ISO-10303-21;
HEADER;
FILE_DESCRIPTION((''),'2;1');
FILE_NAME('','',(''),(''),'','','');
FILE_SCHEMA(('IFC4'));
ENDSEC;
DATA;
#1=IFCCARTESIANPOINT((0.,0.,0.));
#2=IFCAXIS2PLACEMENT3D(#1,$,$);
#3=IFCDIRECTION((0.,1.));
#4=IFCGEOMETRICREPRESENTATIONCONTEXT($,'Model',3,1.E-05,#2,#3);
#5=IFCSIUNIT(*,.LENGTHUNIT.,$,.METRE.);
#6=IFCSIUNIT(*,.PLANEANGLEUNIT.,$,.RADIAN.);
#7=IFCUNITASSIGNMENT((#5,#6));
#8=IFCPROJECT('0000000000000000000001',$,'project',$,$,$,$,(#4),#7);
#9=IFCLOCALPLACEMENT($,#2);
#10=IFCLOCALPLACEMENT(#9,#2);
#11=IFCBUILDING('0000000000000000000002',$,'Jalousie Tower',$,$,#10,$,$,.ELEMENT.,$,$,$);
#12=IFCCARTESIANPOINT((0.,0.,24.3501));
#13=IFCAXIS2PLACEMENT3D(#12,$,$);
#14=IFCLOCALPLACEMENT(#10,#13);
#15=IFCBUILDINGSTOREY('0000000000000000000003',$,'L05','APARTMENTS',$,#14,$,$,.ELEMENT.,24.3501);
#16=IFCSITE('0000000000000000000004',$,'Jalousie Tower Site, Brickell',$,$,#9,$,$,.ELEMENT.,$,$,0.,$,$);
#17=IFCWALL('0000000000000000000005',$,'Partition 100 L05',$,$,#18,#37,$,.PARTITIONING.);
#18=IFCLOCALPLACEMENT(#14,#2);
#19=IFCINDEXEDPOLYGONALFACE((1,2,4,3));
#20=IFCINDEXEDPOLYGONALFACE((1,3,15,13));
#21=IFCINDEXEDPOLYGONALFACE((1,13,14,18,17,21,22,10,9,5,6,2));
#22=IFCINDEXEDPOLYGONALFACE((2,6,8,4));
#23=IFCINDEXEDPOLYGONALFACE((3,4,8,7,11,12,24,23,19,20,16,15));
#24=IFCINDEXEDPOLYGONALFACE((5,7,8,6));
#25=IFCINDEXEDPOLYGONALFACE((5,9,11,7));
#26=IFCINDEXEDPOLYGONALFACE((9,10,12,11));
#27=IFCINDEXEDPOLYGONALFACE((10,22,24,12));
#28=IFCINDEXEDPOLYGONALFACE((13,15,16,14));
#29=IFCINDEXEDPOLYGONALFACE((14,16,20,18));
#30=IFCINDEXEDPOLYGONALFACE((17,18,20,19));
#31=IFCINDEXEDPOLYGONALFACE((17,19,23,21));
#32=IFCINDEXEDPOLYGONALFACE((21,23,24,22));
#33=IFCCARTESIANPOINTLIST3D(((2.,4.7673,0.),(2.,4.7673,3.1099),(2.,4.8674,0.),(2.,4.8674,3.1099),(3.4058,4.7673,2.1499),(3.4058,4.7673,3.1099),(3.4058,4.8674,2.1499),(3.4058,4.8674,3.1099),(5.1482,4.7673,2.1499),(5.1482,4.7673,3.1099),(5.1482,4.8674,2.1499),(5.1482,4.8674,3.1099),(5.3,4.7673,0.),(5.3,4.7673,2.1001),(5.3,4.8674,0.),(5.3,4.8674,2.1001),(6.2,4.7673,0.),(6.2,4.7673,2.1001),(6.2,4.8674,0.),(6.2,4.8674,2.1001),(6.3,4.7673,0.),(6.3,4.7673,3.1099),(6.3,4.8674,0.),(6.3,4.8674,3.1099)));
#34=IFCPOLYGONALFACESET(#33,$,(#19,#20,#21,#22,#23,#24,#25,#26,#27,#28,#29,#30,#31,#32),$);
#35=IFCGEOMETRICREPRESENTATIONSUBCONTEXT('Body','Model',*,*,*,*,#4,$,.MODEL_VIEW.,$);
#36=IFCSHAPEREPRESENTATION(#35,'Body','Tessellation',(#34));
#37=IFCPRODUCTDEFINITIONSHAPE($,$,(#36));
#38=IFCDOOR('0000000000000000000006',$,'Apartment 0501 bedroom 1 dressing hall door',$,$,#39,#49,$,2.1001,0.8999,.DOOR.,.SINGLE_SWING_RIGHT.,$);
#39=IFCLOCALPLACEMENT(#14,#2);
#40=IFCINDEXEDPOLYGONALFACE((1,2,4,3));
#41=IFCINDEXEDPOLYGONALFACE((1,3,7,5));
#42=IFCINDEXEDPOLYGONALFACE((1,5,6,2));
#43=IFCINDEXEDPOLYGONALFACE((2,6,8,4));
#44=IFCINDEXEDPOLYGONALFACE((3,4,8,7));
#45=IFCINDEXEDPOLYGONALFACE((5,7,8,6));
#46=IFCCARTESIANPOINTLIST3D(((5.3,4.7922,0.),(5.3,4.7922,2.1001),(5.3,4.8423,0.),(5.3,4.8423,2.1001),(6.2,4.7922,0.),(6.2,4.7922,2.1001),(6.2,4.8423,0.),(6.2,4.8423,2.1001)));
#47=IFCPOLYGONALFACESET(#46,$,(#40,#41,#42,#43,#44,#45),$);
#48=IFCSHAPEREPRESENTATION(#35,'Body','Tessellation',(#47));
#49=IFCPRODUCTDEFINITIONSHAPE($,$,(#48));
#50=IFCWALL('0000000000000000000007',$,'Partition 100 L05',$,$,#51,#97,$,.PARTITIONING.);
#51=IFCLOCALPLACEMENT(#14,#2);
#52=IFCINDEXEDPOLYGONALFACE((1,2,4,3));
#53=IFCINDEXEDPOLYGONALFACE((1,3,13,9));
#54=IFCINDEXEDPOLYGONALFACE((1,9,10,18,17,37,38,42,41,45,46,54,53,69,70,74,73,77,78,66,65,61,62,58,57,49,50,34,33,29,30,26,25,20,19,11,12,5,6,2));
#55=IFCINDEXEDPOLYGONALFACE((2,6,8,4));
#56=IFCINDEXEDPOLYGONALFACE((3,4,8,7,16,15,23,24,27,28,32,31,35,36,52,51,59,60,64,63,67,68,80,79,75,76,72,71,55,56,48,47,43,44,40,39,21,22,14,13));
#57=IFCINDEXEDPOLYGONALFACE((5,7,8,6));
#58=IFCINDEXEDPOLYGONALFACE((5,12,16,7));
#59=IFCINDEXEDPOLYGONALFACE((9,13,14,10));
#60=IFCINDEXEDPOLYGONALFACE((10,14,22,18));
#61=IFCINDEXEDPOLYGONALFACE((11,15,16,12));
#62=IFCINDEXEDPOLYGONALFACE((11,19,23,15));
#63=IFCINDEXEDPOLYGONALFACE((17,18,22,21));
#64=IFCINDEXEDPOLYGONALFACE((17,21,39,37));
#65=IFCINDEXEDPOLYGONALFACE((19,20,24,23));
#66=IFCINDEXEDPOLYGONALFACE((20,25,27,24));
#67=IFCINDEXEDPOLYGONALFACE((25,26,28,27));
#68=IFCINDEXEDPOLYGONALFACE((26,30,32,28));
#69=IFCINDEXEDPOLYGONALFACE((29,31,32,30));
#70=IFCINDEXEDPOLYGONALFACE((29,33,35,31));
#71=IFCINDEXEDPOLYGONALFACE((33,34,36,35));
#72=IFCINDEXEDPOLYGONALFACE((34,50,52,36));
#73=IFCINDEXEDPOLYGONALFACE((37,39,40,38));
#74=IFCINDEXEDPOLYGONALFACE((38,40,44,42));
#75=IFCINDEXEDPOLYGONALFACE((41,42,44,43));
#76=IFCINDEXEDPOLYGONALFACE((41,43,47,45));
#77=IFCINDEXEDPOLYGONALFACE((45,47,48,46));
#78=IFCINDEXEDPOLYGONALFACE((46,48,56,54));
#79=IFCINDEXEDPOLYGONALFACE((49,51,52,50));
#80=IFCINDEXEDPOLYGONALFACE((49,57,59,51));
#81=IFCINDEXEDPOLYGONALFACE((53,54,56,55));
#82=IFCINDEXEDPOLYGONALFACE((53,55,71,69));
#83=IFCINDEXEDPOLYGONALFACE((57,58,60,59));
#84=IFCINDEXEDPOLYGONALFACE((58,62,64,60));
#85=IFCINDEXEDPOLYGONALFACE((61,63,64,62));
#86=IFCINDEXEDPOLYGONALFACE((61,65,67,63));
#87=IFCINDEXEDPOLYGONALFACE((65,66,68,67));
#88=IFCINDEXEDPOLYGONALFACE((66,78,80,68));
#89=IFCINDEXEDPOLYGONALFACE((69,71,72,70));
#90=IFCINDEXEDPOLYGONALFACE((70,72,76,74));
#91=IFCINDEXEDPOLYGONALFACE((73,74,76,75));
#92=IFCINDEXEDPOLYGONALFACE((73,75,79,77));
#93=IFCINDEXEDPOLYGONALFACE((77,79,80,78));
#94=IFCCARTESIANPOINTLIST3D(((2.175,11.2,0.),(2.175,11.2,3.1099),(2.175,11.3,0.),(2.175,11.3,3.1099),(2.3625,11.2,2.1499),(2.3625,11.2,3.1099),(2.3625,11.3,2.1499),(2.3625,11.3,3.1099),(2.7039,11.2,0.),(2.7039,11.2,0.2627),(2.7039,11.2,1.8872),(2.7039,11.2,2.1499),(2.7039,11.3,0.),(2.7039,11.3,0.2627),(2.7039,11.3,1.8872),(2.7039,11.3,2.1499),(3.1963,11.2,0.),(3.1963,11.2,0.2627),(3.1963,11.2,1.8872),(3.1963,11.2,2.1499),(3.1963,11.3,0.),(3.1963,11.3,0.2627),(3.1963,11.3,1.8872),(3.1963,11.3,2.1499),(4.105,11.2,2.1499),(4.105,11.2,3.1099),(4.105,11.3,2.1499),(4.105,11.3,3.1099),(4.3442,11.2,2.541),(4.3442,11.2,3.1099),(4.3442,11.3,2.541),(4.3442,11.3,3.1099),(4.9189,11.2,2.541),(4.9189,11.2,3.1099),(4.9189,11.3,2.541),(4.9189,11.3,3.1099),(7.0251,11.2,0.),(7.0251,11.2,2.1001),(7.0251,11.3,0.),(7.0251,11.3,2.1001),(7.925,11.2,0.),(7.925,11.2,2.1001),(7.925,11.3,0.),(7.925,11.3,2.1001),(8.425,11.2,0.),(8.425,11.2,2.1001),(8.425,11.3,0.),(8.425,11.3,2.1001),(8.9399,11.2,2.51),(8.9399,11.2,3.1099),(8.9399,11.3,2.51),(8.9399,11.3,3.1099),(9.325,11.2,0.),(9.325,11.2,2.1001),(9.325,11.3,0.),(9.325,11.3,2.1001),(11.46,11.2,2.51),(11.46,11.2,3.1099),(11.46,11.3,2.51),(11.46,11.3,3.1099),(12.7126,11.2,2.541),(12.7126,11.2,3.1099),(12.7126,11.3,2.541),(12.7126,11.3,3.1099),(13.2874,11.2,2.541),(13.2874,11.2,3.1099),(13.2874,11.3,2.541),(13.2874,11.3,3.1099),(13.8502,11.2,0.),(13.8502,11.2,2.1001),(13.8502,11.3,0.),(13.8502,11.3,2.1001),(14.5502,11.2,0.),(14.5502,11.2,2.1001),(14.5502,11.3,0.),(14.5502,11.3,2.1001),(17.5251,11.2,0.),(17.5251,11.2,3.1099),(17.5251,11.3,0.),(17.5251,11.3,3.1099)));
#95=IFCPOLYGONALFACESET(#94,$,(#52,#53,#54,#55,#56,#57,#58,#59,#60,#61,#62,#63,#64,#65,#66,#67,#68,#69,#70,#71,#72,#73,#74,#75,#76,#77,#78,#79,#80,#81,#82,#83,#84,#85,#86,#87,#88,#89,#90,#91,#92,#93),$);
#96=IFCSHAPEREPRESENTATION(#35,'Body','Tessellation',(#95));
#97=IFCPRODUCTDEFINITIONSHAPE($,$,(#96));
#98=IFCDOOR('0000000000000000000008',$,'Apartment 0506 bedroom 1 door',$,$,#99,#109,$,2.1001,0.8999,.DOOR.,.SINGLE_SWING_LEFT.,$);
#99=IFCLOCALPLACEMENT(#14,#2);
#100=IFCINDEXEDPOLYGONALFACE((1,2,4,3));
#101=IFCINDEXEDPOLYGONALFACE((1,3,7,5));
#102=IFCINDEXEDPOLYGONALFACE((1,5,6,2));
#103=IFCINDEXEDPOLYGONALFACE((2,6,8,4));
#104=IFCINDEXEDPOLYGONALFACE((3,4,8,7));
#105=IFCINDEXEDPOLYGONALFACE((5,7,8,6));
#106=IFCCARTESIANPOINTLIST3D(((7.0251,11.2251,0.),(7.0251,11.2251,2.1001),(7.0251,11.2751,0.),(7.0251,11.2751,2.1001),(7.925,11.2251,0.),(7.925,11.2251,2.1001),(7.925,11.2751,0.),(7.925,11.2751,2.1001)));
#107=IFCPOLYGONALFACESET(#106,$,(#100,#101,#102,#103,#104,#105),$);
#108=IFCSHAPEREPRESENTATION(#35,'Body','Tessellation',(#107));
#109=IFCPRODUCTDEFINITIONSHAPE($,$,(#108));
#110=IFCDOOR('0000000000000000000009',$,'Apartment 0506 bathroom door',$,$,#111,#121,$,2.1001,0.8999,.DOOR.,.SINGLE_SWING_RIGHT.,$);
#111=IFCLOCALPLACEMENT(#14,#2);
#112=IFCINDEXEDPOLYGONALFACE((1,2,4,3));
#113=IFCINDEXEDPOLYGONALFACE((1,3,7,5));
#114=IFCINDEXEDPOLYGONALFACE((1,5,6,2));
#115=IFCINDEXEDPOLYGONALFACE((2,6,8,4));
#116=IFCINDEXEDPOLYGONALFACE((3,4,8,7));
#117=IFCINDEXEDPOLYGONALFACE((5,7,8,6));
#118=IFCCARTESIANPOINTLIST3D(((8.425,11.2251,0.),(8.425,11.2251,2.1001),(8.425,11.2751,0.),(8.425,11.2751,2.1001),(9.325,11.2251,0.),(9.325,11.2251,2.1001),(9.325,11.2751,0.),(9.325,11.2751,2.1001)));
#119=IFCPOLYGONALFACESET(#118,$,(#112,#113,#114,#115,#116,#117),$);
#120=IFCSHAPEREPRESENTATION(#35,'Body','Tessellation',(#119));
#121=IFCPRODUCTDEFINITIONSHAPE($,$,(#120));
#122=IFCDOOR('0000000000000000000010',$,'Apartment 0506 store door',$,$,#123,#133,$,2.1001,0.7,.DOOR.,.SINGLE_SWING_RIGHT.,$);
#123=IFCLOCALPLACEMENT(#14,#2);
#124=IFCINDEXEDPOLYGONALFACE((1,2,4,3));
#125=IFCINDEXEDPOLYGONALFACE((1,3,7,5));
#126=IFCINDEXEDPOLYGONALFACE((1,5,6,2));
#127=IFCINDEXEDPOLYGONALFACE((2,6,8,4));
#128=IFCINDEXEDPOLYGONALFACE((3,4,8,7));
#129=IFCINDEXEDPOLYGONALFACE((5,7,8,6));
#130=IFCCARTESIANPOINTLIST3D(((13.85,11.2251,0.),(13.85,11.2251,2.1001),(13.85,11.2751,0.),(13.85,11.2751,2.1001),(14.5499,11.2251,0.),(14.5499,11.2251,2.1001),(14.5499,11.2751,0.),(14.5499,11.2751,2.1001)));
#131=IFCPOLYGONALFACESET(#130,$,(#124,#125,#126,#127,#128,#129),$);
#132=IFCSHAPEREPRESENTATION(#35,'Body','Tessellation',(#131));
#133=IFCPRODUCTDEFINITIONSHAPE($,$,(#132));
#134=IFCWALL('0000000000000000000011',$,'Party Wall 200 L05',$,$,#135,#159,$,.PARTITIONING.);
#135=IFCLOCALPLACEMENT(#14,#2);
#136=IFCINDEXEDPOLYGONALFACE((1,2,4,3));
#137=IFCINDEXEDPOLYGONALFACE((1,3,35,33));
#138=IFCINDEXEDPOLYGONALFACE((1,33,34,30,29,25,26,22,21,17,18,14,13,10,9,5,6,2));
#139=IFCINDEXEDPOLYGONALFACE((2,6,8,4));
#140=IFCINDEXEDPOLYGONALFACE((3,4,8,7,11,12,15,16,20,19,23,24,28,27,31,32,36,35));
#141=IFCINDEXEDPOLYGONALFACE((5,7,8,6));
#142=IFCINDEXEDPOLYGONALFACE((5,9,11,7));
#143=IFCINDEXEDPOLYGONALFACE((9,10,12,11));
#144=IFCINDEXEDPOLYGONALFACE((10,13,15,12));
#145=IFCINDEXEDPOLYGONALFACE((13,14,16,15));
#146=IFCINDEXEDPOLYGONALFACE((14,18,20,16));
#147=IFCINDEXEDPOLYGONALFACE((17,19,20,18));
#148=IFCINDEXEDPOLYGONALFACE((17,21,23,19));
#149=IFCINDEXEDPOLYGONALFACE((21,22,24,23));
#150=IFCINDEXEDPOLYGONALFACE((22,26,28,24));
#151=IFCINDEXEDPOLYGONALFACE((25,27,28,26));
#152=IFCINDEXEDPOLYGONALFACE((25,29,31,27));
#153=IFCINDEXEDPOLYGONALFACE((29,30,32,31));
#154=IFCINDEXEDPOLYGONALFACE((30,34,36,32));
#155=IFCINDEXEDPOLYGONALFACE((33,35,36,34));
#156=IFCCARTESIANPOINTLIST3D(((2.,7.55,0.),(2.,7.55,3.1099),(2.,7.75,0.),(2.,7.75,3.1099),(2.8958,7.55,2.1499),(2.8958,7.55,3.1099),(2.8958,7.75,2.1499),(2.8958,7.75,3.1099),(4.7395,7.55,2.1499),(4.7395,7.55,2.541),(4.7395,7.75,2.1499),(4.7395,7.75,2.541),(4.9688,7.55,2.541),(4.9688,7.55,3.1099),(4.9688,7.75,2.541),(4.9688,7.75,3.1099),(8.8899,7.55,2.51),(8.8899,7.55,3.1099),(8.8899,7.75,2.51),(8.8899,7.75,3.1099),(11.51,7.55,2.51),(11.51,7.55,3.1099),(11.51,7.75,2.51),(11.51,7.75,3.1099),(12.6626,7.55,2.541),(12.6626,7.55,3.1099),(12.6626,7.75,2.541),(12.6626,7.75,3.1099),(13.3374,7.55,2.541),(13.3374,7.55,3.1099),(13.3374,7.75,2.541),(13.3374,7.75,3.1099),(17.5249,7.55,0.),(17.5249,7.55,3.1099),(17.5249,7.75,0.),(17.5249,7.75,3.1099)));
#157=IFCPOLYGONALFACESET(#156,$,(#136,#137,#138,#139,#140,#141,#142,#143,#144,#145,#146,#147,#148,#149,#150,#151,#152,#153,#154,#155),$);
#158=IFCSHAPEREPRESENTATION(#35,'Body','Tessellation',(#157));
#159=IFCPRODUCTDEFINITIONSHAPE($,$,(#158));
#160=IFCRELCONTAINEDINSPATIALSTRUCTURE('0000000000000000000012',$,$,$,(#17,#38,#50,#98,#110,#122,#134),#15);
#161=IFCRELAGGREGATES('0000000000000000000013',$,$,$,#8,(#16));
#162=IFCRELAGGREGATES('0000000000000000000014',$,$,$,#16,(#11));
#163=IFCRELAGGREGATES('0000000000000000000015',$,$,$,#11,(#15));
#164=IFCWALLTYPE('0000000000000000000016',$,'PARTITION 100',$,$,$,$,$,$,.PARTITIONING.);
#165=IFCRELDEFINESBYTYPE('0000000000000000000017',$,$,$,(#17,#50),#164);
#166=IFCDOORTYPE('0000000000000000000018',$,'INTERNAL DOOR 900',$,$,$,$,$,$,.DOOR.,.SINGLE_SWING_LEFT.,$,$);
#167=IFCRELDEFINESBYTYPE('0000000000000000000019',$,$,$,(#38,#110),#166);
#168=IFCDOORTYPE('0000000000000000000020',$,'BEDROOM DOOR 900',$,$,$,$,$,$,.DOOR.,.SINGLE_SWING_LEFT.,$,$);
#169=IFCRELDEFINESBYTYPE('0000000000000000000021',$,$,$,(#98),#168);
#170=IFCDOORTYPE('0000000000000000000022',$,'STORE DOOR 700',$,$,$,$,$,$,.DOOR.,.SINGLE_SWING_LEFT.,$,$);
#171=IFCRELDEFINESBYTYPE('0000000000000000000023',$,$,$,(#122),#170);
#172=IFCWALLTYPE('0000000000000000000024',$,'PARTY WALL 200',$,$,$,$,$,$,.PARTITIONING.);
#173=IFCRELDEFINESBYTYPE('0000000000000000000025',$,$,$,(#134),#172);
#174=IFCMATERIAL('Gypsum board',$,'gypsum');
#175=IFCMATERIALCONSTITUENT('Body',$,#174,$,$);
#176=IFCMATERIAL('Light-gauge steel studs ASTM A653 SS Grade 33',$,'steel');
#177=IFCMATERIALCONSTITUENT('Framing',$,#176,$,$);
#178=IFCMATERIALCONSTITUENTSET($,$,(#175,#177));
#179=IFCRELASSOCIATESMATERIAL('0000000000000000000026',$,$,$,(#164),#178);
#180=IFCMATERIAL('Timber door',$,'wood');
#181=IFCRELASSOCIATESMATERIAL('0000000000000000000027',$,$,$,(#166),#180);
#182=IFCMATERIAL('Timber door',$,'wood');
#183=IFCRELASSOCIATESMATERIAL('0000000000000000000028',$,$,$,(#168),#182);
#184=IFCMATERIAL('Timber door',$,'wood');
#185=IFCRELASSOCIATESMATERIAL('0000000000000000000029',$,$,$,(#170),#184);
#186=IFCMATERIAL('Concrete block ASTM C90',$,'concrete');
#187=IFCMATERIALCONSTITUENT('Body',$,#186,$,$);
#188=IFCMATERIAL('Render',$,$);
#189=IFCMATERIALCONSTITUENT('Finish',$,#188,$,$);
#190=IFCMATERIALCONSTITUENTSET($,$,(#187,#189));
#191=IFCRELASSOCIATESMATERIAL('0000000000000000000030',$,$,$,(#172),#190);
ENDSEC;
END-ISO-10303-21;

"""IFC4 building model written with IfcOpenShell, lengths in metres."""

from ifc_helpers import new_model, si_unit, direction, frame, frame_2d, origin, place, context, subcontext, project, spatial, polyline, rectangle, outline, extrude, material, constituent, constituent_set, type_object, element, fill, save


model = new_model("IFC4")

# Units and contexts
model_context = context("Model", 3, precision=1e-05, world=origin(), true_north=direction((0.0, 1.0)))
body_context = subcontext(model_context, "Body", "Model", "MODEL_VIEW")
ifc_project = project(units=[si_unit("LENGTHUNIT", "METRE"), si_unit("PLANEANGLEUNIT", "RADIAN")], contexts=[model_context])

# Site, building, storey
site_placement = place(None, origin())
site = spatial("IfcSite", under=ifc_project, at=site_placement, Name="Jalousie Tower Site, Brickell", CompositionType="ELEMENT", RefElevation=0.0)
building_placement = place(site_placement, origin())
building = spatial("IfcBuilding", under=site, at=building_placement, Name="Jalousie Tower", CompositionType="ELEMENT")
storey_placement = place(building_placement, frame((0.0, 0.0, 24.3501)))
storey = spatial("IfcBuildingStorey", under=building, at=storey_placement, Name="L05", Description="APARTMENTS", CompositionType="ELEMENT", Elevation=24.3501)

# Wall, opening, door
ifc_material_1 = material(Name="Gypsum board", Category="gypsum")
ifc_constituent_1 = constituent(ifc_material_1, Name="Body")
ifc_material_2 = material(Name="Light-gauge steel studs ASTM A653 SS Grade 33", Category="steel")
ifc_constituent_2 = constituent(ifc_material_2, Name="Framing")
ifc_constituent_set_1 = constituent_set(constituents=[ifc_constituent_1, ifc_constituent_2])
wall_type_1 = type_object("IfcWallType", Name="PARTITION 100", PredefinedType="PARTITIONING", material=ifc_constituent_set_1)
wall_1_placement = place(storey_placement, frame((2.0, 4.8174, 0.0), z_axis=(0.0, 0.0, 1.0), x_axis=(1.0, 0.0, 0.0)))
wall_1 = element("IfcWall", 1, at=wall_1_placement, inside=storey, type_object=wall_type_1, Name="Partition 100 L05", PredefinedType="PARTITIONING", context=body_context, shape_type="SweptSolid", body=[
    extrude(outline(polyline([(0.0, 0.0), (4.3, 0.0), (4.3, 3.1099), (3.1482, 3.1099), (3.1482, 2.1499), (1.4058, 2.1499), (1.4058, 3.1099), (0.0, 3.1099), (0.0, 0.0)])), frame((0.0, 0.05, 0.0), z_axis=(0.0, -1.0, 0.0), x_axis=(1.0, 0.0, 0.0)), (0.0, 0.0, 1.0), 0.1001),
])
opening_1_placement = place(wall_1_placement, frame((3.3, 0.0, 0.0)))
opening_1 = element("IfcOpeningElement", 2, at=opening_1_placement, cuts=wall_1, PredefinedType="OPENING", context=body_context, shape_type="SweptSolid", body=[
    extrude(rectangle(XDim=0.8999, YDim=2.1001, at=frame_2d((0.45, 1.05))), frame((0.0, 0.0601, 0.0), z_axis=(0.0, -1.0, 0.0), x_axis=(1.0, 0.0, 0.0)), (0.0, 0.0, 1.0), 0.1201),
])
ifc_material_3 = material(Name="Timber door", Category="wood")
door_type_1 = type_object("IfcDoorType", Name="INTERNAL DOOR 900", OperationType="SINGLE_SWING_LEFT", PredefinedType="DOOR", material=ifc_material_3)
door_1_placement = place(opening_1_placement, origin())
door_1 = element("IfcDoor", 3, at=door_1_placement, inside=storey, type_object=door_type_1, Name="Apartment 0501 bedroom 1 dressing hall door", OperationType="SINGLE_SWING_RIGHT", OverallHeight=2.1001, OverallWidth=0.8999, PredefinedType="DOOR", context=body_context, shape_type="SweptSolid", body=[
    extrude(rectangle(XDim=0.8999, YDim=2.1001, at=frame_2d((0.45, 1.05))), frame((0.0, 0.0249, 0.0), z_axis=(0.0, -1.0, 0.0), x_axis=(1.0, 0.0, 0.0)), (0.0, 0.0, 1.0), 0.05),
])
fill(opening_1, door_1)

# Wall, openings, doors
wall_2_placement = place(storey_placement, frame((2.175, 11.25, 0.0), z_axis=(0.0, 0.0, 1.0), x_axis=(1.0, 0.0, 0.0)))
wall_2 = element("IfcWall", 4, at=wall_2_placement, inside=storey, type_object=wall_type_1, Name="Partition 100 L05", PredefinedType="PARTITIONING", context=body_context, shape_type="SweptSolid", body=[
    extrude(outline(polyline([(0.1875, 3.1099), (0.0, 3.1099), (0.0, 0.0), (0.5288, 0.0), (0.5288, 0.2627), (1.0212, 0.2627), (1.0212, 0.0), (15.3501, 0.0), (15.3501, 3.1099), (11.1123, 3.1099), (11.1123, 2.541), (10.5376, 2.541), (10.5376, 3.1099), (9.2849, 3.1099), (9.2849, 2.51), (6.7649, 2.51), (6.7649, 3.1099), (2.7439, 3.1099), (2.7439, 2.541), (2.1692, 2.541), (2.1692, 3.1099), (1.9299, 3.1099), (1.9299, 2.1499), (1.0212, 2.1499), (1.0212, 1.8872), (0.5288, 1.8872), (0.5288, 2.1499), (0.1875, 2.1499), (0.1875, 3.1099)])), frame((0.0, 0.05, 0.0), z_axis=(0.0, -1.0, 0.0), x_axis=(1.0, 0.0, 0.0)), (0.0, 0.0, 1.0), 0.1001),
])
opening_2_placement = place(wall_2_placement, frame((4.8501, 0.0, 0.0)))
opening_2 = element("IfcOpeningElement", 5, at=opening_2_placement, cuts=wall_2, PredefinedType="OPENING", context=body_context, shape_type="SweptSolid", body=[
    extrude(rectangle(XDim=0.8999, YDim=2.1001, at=frame_2d((0.45, 1.05))), frame((0.0, 0.0601, 0.0), z_axis=(0.0, -1.0, 0.0), x_axis=(1.0, 0.0, 0.0)), (0.0, 0.0, 1.0), 0.1201),
])
opening_3_placement = place(wall_2_placement, frame((6.25, 0.0, 0.0)))
opening_3 = element("IfcOpeningElement", 6, at=opening_3_placement, cuts=wall_2, PredefinedType="OPENING", context=body_context, shape_type="SweptSolid", body=[
    extrude(rectangle(XDim=0.8999, YDim=2.1001, at=frame_2d((0.45, 1.05))), frame((0.0, 0.0601, 0.0), z_axis=(0.0, -1.0, 0.0), x_axis=(1.0, 0.0, 0.0)), (0.0, 0.0, 1.0), 0.1201),
])
opening_4_placement = place(wall_2_placement, frame((11.675, 0.0, 0.0)))
opening_4 = element("IfcOpeningElement", 7, at=opening_4_placement, cuts=wall_2, PredefinedType="OPENING", context=body_context, shape_type="SweptSolid", body=[
    extrude(rectangle(XDim=0.7, YDim=2.1001, at=frame_2d((0.3501, 1.05))), frame((0.0, 0.0601, 0.0), z_axis=(0.0, -1.0, 0.0), x_axis=(1.0, 0.0, 0.0)), (0.0, 0.0, 1.0), 0.1201),
])
ifc_material_4 = material(Name="Timber door", Category="wood")
door_type_2 = type_object("IfcDoorType", Name="BEDROOM DOOR 900", OperationType="SINGLE_SWING_LEFT", PredefinedType="DOOR", material=ifc_material_4)
door_2_placement = place(opening_2_placement, frame((0.8999, 0.0, 0.0), z_axis=(0.0, 0.0, 1.0), x_axis=(-1.0, 0.0, 0.0)))
door_2 = element("IfcDoor", 8, at=door_2_placement, inside=storey, type_object=door_type_2, Name="Apartment 0506 bedroom 1 door", OperationType="SINGLE_SWING_LEFT", OverallHeight=2.1001, OverallWidth=0.8999, PredefinedType="DOOR", context=body_context, shape_type="SweptSolid", body=[
    extrude(rectangle(XDim=0.8999, YDim=2.1001, at=frame_2d((0.45, 1.05))), frame((0.0, 0.0249, 0.0), z_axis=(0.0, -1.0, 0.0), x_axis=(1.0, 0.0, 0.0)), (0.0, 0.0, 1.0), 0.05),
])
fill(opening_2, door_2)
door_3_placement = place(opening_3_placement, frame((0.8999, 0.0, 0.0), z_axis=(0.0, 0.0, 1.0), x_axis=(-1.0, 0.0, 0.0)))
door_3 = element("IfcDoor", 9, at=door_3_placement, inside=storey, type_object=door_type_1, Name="Apartment 0506 bathroom door", OperationType="SINGLE_SWING_RIGHT", OverallHeight=2.1001, OverallWidth=0.8999, PredefinedType="DOOR", context=body_context, shape_type="SweptSolid", body=[
    extrude(rectangle(XDim=0.8999, YDim=2.1001, at=frame_2d((0.45, 1.05))), frame((0.0, 0.0249, 0.0), z_axis=(0.0, -1.0, 0.0), x_axis=(1.0, 0.0, 0.0)), (0.0, 0.0, 1.0), 0.05),
])
fill(opening_3, door_3)
ifc_material_5 = material(Name="Timber door", Category="wood")
door_type_3 = type_object("IfcDoorType", Name="STORE DOOR 700", OperationType="SINGLE_SWING_LEFT", PredefinedType="DOOR", material=ifc_material_5)
door_4_placement = place(opening_4_placement, frame((0.7, 0.0, 0.0), z_axis=(0.0, 0.0, 1.0), x_axis=(-1.0, 0.0, 0.0)))
door_4 = element("IfcDoor", 10, at=door_4_placement, inside=storey, type_object=door_type_3, Name="Apartment 0506 store door", OperationType="SINGLE_SWING_RIGHT", OverallHeight=2.1001, OverallWidth=0.7, PredefinedType="DOOR", context=body_context, shape_type="SweptSolid", body=[
    extrude(rectangle(XDim=0.7, YDim=2.1001, at=frame_2d((0.3501, 1.05))), frame((0.0, 0.0249, 0.0), z_axis=(0.0, -1.0, 0.0), x_axis=(1.0, 0.0, 0.0)), (0.0, 0.0, 1.0), 0.05),
])
fill(opening_4, door_4)

# Wall
ifc_material_6 = material(Name="Concrete block ASTM C90", Category="concrete")
ifc_constituent_3 = constituent(ifc_material_6, Name="Body")
ifc_material_7 = material(Name="Render")
ifc_constituent_4 = constituent(ifc_material_7, Name="Finish")
ifc_constituent_set_2 = constituent_set(constituents=[ifc_constituent_3, ifc_constituent_4])
wall_type_2 = type_object("IfcWallType", Name="PARTY WALL 200", PredefinedType="PARTITIONING", material=ifc_constituent_set_2)
wall_3_placement = place(storey_placement, frame((2.0, 7.6499, 0.0), z_axis=(0.0, 0.0, 1.0), x_axis=(1.0, 0.0, 0.0)))
element("IfcWall", 11, at=wall_3_placement, inside=storey, type_object=wall_type_2, Name="Party Wall 200 L05", PredefinedType="PARTITIONING", context=body_context, shape_type="SweptSolid", body=[
    extrude(outline(polyline([(0.0, 0.0), (15.5249, 0.0), (15.5249, 3.1099), (11.3374, 3.1099), (11.3374, 2.541), (10.6626, 2.541), (10.6626, 3.1099), (9.51, 3.1099), (9.51, 2.51), (6.8899, 2.51), (6.8899, 3.1099), (2.9688, 3.1099), (2.9688, 2.541), (2.7395, 2.541), (2.7395, 2.1499), (0.8958, 2.1499), (0.8958, 3.1099), (0.0, 3.1099), (0.0, 0.0)])), frame((0.0, 0.1001, 0.0), z_axis=(0.0, -1.0, 0.0), x_axis=(1.0, 0.0, 0.0)), (0.0, 0.0, 1.0), 0.2),
])

save(model, "model.ifc")
